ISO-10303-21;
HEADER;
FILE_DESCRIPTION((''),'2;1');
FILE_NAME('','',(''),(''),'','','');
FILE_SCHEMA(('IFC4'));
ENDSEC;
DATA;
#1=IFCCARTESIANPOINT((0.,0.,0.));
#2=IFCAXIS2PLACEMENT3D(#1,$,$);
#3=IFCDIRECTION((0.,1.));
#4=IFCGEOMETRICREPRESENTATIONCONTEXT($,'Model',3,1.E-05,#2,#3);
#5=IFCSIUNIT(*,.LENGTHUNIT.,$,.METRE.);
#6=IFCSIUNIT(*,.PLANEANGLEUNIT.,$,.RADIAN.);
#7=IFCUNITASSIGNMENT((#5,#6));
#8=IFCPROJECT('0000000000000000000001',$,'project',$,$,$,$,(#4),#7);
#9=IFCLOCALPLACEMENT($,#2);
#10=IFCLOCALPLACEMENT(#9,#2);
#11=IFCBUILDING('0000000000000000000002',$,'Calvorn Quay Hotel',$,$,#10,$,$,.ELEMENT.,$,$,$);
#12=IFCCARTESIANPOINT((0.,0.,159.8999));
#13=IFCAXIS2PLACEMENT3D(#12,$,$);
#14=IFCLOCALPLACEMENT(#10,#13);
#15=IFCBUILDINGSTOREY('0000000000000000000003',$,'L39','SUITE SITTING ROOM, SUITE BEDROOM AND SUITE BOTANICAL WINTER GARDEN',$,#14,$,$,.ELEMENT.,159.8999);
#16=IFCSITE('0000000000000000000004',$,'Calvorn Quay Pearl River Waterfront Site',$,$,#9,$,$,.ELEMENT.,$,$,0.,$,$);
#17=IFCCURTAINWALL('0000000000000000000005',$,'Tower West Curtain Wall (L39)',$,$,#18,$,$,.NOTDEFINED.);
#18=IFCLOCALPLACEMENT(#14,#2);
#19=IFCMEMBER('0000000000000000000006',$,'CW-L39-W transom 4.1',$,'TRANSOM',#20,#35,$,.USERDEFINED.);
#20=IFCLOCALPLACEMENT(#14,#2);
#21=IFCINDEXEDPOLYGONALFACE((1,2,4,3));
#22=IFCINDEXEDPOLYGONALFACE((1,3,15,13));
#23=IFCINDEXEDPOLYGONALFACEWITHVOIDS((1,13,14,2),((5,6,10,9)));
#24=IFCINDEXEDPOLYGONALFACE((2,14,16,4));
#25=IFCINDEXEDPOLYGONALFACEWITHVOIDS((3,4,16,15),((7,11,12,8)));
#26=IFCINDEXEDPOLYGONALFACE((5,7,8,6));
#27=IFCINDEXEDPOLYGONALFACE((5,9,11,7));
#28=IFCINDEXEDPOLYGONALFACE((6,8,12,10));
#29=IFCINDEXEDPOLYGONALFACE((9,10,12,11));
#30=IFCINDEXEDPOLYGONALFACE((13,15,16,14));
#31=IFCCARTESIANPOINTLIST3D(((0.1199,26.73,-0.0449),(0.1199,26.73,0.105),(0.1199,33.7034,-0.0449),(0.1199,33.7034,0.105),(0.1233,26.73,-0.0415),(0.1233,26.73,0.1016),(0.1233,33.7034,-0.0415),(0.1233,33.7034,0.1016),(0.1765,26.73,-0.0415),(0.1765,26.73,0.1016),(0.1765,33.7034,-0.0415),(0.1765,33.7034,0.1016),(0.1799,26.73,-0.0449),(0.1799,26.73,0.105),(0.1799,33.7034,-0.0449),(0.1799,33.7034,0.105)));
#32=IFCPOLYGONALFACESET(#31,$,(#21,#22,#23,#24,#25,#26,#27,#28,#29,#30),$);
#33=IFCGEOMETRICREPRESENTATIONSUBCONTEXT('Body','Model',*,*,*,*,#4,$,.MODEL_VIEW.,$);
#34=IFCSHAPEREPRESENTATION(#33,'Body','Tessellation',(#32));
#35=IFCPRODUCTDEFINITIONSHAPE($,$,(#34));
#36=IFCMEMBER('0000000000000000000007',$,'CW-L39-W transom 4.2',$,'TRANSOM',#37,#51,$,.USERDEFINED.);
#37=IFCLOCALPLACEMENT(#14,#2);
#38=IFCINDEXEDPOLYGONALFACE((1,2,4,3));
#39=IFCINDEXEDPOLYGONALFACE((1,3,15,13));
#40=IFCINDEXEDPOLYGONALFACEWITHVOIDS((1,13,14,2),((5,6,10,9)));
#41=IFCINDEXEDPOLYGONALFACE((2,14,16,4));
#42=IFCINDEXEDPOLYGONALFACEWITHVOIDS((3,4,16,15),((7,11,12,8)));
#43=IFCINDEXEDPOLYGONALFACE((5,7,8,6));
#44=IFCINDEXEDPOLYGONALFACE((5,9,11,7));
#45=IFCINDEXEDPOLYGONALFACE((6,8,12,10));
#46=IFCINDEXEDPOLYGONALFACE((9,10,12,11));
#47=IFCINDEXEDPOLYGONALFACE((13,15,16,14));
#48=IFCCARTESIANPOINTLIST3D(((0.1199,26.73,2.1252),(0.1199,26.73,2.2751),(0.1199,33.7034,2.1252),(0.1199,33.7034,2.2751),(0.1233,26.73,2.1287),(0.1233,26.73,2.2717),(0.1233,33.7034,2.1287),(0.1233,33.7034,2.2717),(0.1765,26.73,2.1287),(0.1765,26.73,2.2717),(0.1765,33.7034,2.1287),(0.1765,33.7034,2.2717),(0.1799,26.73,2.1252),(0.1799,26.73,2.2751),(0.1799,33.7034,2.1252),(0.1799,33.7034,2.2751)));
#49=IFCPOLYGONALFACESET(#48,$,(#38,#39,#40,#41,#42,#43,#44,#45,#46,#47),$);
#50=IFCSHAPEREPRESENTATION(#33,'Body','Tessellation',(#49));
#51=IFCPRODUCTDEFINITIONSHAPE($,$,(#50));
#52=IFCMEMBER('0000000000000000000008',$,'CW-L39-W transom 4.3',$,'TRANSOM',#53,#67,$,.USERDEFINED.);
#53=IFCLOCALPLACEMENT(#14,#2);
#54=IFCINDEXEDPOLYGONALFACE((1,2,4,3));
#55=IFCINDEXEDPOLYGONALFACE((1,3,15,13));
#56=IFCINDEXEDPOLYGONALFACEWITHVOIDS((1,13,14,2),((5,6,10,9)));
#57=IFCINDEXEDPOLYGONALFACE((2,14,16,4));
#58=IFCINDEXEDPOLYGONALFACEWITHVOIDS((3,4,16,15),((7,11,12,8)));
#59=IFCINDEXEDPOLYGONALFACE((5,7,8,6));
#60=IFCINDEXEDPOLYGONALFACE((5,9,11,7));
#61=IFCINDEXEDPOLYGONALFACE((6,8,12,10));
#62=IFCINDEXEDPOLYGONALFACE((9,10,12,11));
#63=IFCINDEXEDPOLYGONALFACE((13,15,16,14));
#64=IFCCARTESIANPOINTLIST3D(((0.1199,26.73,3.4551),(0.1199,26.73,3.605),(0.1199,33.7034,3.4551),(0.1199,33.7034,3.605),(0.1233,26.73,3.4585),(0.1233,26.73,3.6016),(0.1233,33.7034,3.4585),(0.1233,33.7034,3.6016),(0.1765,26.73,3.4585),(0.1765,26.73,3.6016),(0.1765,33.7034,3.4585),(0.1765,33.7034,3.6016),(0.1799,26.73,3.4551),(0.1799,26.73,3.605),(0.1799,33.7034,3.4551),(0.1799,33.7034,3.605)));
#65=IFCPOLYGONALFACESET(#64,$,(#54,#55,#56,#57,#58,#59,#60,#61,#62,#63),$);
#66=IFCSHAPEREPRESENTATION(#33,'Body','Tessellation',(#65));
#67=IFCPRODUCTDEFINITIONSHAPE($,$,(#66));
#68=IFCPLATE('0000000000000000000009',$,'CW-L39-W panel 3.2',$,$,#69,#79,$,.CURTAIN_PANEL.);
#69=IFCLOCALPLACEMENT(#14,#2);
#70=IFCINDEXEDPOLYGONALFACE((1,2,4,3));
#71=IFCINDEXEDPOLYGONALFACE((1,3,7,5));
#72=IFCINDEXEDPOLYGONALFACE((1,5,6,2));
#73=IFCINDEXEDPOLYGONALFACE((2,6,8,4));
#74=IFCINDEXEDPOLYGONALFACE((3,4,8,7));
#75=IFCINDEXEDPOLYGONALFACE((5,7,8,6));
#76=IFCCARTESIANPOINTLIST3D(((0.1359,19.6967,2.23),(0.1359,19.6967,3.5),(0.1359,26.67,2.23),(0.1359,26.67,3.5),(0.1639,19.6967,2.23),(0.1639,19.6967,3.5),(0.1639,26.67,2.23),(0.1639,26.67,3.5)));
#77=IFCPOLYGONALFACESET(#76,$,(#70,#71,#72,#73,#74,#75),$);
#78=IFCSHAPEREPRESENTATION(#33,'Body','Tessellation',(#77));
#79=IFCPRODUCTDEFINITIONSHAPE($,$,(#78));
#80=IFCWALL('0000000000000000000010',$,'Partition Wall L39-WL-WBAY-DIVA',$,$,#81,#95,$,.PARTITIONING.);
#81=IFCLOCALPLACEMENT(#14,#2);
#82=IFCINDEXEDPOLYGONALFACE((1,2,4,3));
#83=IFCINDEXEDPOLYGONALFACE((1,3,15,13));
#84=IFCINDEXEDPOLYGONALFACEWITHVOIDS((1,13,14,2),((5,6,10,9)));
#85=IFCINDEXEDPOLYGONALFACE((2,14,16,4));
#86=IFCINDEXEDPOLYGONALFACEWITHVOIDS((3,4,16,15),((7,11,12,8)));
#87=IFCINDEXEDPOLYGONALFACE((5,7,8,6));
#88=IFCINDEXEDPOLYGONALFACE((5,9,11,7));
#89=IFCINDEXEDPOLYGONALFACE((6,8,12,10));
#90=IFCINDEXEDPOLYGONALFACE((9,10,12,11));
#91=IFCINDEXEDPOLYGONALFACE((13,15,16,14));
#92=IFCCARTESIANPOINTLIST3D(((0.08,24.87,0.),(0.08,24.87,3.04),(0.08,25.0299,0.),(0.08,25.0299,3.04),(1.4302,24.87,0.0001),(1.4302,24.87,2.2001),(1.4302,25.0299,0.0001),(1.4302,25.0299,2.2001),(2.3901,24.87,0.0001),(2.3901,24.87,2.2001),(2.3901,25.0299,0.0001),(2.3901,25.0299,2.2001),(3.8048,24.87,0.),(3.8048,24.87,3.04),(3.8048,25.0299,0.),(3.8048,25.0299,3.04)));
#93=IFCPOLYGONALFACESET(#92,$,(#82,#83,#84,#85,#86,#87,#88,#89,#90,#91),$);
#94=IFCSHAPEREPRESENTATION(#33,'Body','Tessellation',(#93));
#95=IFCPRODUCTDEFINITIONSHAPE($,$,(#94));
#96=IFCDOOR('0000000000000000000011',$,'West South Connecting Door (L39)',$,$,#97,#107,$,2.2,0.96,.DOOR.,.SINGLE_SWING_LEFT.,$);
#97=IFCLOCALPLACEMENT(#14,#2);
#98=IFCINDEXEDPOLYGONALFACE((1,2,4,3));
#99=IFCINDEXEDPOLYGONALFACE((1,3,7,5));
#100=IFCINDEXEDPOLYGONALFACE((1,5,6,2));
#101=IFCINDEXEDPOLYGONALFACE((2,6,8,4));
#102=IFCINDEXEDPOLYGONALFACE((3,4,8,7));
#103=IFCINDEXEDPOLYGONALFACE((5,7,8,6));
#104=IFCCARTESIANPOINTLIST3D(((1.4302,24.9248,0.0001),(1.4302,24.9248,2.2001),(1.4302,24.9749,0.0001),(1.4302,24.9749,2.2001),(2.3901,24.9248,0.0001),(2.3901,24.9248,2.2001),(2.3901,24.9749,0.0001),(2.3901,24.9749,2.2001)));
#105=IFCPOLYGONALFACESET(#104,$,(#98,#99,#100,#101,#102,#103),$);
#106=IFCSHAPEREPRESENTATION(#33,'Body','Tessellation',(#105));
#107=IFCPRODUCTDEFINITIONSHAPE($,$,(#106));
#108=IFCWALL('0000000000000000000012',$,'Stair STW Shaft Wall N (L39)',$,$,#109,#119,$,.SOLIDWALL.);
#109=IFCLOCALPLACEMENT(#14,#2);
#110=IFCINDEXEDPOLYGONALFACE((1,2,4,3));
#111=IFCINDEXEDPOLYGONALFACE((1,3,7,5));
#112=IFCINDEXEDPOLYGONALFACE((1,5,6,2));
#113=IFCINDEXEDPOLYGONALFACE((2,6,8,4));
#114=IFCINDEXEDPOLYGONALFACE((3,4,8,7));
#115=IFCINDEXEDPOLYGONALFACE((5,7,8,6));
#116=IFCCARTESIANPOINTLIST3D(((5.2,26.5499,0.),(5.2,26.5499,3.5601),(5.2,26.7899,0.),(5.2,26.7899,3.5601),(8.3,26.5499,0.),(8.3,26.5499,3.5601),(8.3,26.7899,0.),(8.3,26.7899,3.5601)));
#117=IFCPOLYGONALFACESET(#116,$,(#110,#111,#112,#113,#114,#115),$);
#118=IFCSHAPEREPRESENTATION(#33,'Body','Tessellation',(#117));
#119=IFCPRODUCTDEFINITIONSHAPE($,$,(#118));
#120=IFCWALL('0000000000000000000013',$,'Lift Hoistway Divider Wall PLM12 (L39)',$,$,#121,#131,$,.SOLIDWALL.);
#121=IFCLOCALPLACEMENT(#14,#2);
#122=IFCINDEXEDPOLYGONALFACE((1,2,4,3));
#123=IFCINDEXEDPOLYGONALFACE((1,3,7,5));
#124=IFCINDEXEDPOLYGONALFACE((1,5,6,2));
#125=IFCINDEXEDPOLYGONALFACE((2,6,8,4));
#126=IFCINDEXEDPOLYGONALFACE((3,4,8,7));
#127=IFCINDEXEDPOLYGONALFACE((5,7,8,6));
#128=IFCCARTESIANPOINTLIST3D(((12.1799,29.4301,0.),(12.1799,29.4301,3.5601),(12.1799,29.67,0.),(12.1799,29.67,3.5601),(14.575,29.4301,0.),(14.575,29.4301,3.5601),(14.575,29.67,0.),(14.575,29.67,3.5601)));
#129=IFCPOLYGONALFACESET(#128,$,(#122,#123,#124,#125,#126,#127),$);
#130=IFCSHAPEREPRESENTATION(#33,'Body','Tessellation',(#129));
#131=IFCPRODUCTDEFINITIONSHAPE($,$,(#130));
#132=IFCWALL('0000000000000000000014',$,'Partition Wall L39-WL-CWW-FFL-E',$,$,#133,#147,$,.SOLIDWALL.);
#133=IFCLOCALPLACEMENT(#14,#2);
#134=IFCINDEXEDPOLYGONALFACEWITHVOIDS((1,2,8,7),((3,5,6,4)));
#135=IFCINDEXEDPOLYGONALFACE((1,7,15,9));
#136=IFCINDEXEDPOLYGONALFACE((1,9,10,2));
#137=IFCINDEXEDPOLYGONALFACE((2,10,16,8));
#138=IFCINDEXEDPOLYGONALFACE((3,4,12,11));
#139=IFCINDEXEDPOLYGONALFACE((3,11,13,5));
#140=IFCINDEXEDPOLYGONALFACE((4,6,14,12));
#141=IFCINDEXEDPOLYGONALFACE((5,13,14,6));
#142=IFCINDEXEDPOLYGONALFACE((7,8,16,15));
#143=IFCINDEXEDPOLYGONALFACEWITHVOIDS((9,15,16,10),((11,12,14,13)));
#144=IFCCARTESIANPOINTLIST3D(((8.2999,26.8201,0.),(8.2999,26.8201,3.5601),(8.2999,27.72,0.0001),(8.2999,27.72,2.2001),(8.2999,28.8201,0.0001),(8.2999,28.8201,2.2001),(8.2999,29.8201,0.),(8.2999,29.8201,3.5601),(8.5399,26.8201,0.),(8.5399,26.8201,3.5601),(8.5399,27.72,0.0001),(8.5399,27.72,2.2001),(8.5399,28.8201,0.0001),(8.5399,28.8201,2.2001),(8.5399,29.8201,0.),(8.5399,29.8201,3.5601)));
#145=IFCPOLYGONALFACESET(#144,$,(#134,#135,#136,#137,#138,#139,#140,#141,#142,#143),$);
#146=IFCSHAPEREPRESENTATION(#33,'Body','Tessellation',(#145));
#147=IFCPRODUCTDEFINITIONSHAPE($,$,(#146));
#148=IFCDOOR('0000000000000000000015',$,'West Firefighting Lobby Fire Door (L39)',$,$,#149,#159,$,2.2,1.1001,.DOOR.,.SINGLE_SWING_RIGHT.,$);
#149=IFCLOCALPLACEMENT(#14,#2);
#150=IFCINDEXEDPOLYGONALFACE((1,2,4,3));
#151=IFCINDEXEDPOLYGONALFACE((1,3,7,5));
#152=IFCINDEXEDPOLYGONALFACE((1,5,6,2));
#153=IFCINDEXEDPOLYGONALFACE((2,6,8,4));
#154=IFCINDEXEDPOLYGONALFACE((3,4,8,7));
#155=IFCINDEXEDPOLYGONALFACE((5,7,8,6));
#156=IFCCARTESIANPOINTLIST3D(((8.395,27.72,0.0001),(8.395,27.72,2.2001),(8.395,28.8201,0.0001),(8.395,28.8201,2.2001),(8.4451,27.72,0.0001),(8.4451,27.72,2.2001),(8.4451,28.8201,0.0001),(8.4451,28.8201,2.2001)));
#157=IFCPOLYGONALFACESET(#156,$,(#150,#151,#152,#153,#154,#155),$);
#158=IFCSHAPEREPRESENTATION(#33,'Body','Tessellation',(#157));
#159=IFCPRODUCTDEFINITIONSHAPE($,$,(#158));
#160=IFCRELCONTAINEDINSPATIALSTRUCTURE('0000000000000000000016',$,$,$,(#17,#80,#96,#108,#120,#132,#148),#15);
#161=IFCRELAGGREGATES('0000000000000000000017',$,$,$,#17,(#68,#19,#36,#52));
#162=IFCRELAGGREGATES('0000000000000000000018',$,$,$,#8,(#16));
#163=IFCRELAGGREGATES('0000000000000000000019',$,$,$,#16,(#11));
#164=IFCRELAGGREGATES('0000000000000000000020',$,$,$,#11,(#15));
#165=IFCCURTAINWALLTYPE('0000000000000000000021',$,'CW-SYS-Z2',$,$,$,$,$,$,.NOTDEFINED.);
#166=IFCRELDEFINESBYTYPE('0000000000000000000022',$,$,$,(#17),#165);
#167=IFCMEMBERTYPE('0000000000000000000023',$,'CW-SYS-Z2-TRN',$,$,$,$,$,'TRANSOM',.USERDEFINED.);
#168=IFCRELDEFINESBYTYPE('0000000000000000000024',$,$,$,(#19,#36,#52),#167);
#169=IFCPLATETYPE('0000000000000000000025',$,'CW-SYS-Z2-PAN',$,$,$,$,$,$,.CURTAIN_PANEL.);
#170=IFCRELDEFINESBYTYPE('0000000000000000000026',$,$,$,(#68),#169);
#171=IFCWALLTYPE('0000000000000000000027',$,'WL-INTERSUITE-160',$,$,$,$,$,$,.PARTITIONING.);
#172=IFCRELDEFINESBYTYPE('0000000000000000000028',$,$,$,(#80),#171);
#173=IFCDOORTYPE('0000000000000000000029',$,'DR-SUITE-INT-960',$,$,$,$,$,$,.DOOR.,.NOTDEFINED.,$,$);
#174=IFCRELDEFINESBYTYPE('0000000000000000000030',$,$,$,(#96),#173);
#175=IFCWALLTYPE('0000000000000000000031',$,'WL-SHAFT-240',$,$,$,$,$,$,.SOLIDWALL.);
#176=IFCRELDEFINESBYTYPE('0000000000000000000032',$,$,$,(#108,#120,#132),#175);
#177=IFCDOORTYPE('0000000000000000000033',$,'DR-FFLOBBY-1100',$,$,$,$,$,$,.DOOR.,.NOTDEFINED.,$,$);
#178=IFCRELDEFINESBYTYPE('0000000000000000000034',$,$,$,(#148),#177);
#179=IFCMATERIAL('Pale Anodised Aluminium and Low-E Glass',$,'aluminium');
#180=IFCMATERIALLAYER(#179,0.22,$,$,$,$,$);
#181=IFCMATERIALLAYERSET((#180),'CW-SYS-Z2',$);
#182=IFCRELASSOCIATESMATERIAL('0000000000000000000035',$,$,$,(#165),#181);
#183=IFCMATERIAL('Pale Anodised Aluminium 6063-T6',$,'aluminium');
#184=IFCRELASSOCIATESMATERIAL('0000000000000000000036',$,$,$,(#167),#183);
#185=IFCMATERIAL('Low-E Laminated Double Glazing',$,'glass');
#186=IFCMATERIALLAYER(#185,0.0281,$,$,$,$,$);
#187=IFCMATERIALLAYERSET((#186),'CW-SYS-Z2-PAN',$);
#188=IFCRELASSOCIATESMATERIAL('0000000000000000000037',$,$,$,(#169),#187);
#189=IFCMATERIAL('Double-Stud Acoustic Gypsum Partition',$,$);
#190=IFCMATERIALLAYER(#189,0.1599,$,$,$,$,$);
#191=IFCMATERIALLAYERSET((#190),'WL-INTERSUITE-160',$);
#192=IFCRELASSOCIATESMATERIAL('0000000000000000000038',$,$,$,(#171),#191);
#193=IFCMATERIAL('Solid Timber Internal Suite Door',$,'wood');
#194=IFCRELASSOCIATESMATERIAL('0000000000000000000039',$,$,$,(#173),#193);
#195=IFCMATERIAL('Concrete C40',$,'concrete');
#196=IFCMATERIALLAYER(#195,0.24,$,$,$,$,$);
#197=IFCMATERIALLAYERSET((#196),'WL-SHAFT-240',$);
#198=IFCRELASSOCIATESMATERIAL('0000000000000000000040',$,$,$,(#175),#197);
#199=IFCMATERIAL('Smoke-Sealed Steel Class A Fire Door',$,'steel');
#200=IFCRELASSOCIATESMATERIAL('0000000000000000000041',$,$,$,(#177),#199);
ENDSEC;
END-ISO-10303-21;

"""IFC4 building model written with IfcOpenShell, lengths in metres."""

from ifc_helpers import new_model, si_unit, direction, frame, frame_2d, origin, origin_2d, place, context, subcontext, project, spatial, rectangle, hollow_rectangle, extrude, material, layer, layer_set, material_profile, profile_set, type_object, element, fill, aggregate, save


model = new_model("IFC4")

# Units and contexts
model_context = context("Model", 3, precision=1e-05, world=origin(), true_north=direction((0.0, 1.0)))
body_context = subcontext(model_context, "Body", "Model", "MODEL_VIEW")
ifc_project = project(units=[si_unit("LENGTHUNIT", "METRE"), si_unit("PLANEANGLEUNIT", "RADIAN")], contexts=[model_context])

# Site, building, storey
site_placement = place(None, origin())
site = spatial("IfcSite", under=ifc_project, at=site_placement, Name="Calvorn Quay Pearl River Waterfront Site", CompositionType="ELEMENT", RefElevation=0.0)
building_placement = place(site_placement, origin())
building = spatial("IfcBuilding", under=site, at=building_placement, Name="Calvorn Quay Hotel", CompositionType="ELEMENT")
storey_placement = place(building_placement, frame((0.0, 0.0, 159.8999)))
storey = spatial("IfcBuildingStorey", under=building, at=storey_placement, Name="L39", Description="SUITE SITTING ROOM, SUITE BEDROOM AND SUITE BOTANICAL WINTER GARDEN", CompositionType="ELEMENT", Elevation=159.8999)

# Curtain wall, members, plate
ifc_material_1 = material(Name="Pale Anodised Aluminium and Low-E Glass", Category="aluminium")
ifc_layer_1 = layer(ifc_material_1, 0.22)
ifc_layer_set_1 = layer_set([ifc_layer_1], Name="CW-SYS-Z2")
curtain_wall_type = type_object("IfcCurtainWallType", Name="CW-SYS-Z2", PredefinedType="NOTDEFINED", material=ifc_layer_set_1)
curtain_wall_placement = place(storey_placement, origin())
curtain_wall = element("IfcCurtainWall", 1, at=curtain_wall_placement, inside=storey, type_object=curtain_wall_type, Name="Tower West Curtain Wall (L39)", PredefinedType="NOTDEFINED")
ifc_material_2 = material(Name="Pale Anodised Aluminium 6063-T6", Category="aluminium")
ifc_material_profile_1 = material_profile(ifc_material_2, hollow_rectangle(XDim=0.0601, YDim=0.1499, WallThickness=0.0034, at=origin_2d()), Name="ALU-T150x60x3.5")
ifc_profile_set_1 = profile_set([ifc_material_profile_1], Name="Pale Anodised Aluminium 6063-T6")
member_type_1 = type_object("IfcMemberType", Name="CW-SYS-Z2-TRN", ElementType="TRANSOM", PredefinedType="USERDEFINED", material=ifc_profile_set_1)
member_1_placement = place(storey_placement, frame((0.1499, 26.73, 0.03), z_axis=(0.0, 1.0, 0.0), x_axis=(-1.0, 0.0, 0.0)))
member_1 = element("IfcMember", 2, at=member_1_placement, type_object=member_type_1, Name="CW-L39-W transom 4.1", ObjectType="TRANSOM", PredefinedType="USERDEFINED", context=body_context, shape_type="SweptSolid", body=[
    extrude(hollow_rectangle(XDim=0.0601, YDim=0.1499, WallThickness=0.0034, at=origin_2d()), origin(), (0.0, 0.0, 1.0), 6.9734),
])
member_2_placement = place(storey_placement, frame((0.1499, 26.73, 2.2002), z_axis=(0.0, 1.0, 0.0), x_axis=(-1.0, 0.0, 0.0)))
member_2 = element("IfcMember", 3, at=member_2_placement, type_object=member_type_1, Name="CW-L39-W transom 4.2", ObjectType="TRANSOM", PredefinedType="USERDEFINED", context=body_context, shape_type="SweptSolid", body=[
    extrude(hollow_rectangle(XDim=0.0601, YDim=0.1499, WallThickness=0.0034, at=origin_2d()), origin(), (0.0, 0.0, 1.0), 6.9734),
])
member_3_placement = place(storey_placement, frame((0.1499, 26.73, 3.53), z_axis=(0.0, 1.0, 0.0), x_axis=(-1.0, 0.0, 0.0)))
member_3 = element("IfcMember", 4, at=member_3_placement, type_object=member_type_1, Name="CW-L39-W transom 4.3", ObjectType="TRANSOM", PredefinedType="USERDEFINED", context=body_context, shape_type="SweptSolid", body=[
    extrude(hollow_rectangle(XDim=0.0601, YDim=0.1499, WallThickness=0.0034, at=origin_2d()), origin(), (0.0, 0.0, 1.0), 6.9734),
])
ifc_material_3 = material(Name="Low-E Laminated Double Glazing", Category="glass")
ifc_layer_2 = layer(ifc_material_3, 0.0281)
ifc_layer_set_2 = layer_set([ifc_layer_2], Name="CW-SYS-Z2-PAN")
plate_type = type_object("IfcPlateType", Name="CW-SYS-Z2-PAN", PredefinedType="CURTAIN_PANEL", material=ifc_layer_set_2)
plate_placement = place(storey_placement, frame((0.1499, 23.1833, 2.23), z_axis=(0.0, 0.0, 1.0), x_axis=(0.0, 1.0, 0.0)))
plate = element("IfcPlate", 5, at=plate_placement, type_object=plate_type, Name="CW-L39-W panel 3.2", PredefinedType="CURTAIN_PANEL", context=body_context, shape_type="SweptSolid", body=[
    extrude(rectangle(XDim=6.9734, YDim=0.0281, at=origin_2d()), origin(), (0.0, 0.0, 1.0), 1.27),
])
aggregate(curtain_wall, [plate, member_1, member_2, member_3])

# Wall, opening, door
ifc_material_4 = material(Name="Double-Stud Acoustic Gypsum Partition")
ifc_layer_3 = layer(ifc_material_4, 0.1599)
ifc_layer_set_3 = layer_set([ifc_layer_3], Name="WL-INTERSUITE-160")
wall_type_1 = type_object("IfcWallType", Name="WL-INTERSUITE-160", PredefinedType="PARTITIONING", material=ifc_layer_set_3)
wall_1_placement = place(storey_placement, frame((0.0801, 24.95, 0.0), z_axis=(0.0, 0.0, 1.0), x_axis=(1.0, 0.0, 0.0)))
wall_1 = element("IfcWall", 6, at=wall_1_placement, inside=storey, type_object=wall_type_1, Name="Partition Wall L39-WL-WBAY-DIVA", PredefinedType="PARTITIONING", context=body_context, shape_type="SweptSolid", body=[
    extrude(rectangle(XDim=3.7249, YDim=0.1599, at=frame_2d((1.8623, 0.0))), origin(), (0.0, 0.0, 1.0), 3.04),
])
opening_1_placement = place(wall_1_placement, frame((1.3501, 0.0, 0.0)))
opening_1 = element("IfcOpeningElement", 7, at=opening_1_placement, cuts=wall_1, PredefinedType="OPENING", context=body_context, shape_type="SweptSolid", body=[
    extrude(rectangle(XDim=0.96, YDim=2.2, at=frame_2d((0.48, 1.1001))), frame((0.0, 0.0898, 0.0), z_axis=(0.0, -1.0, 0.0), x_axis=(1.0, 0.0, 0.0)), (0.0, 0.0, 1.0), 0.1799),
])
ifc_material_5 = material(Name="Solid Timber Internal Suite Door", Category="wood")
door_type_1 = type_object("IfcDoorType", Name="DR-SUITE-INT-960", OperationType="NOTDEFINED", PredefinedType="DOOR", material=ifc_material_5)
door_1_placement = place(opening_1_placement, origin())
door_1 = element("IfcDoor", 8, at=door_1_placement, inside=storey, type_object=door_type_1, Name="West South Connecting Door (L39)", OperationType="SINGLE_SWING_LEFT", OverallHeight=2.2, OverallWidth=0.96, PredefinedType="DOOR", context=body_context, shape_type="SweptSolid", body=[
    extrude(rectangle(XDim=0.96, YDim=2.2, at=frame_2d((0.48, 1.1001))), frame((0.0, 0.0249, 0.0), z_axis=(0.0, -1.0, 0.0), x_axis=(1.0, 0.0, 0.0)), (0.0, 0.0, 1.0), 0.05),
])
fill(opening_1, door_1)

# Walls
ifc_material_6 = material(Name="Concrete C40", Category="concrete")
ifc_layer_4 = layer(ifc_material_6, 0.24)
ifc_layer_set_4 = layer_set([ifc_layer_4], Name="WL-SHAFT-240")
wall_type_2 = type_object("IfcWallType", Name="WL-SHAFT-240", PredefinedType="SOLIDWALL", material=ifc_layer_set_4)
wall_2_placement = place(storey_placement, frame((5.2, 26.6699, 0.0), z_axis=(0.0, 0.0, 1.0), x_axis=(1.0, 0.0, 0.0)))
element("IfcWall", 9, at=wall_2_placement, inside=storey, type_object=wall_type_2, Name="Stair STW Shaft Wall N (L39)", PredefinedType="SOLIDWALL", context=body_context, shape_type="SweptSolid", body=[
    extrude(rectangle(XDim=3.1001, YDim=0.24, at=frame_2d((1.55, 0.0))), origin(), (0.0, 0.0, 1.0), 3.5601),
])
wall_3_placement = place(storey_placement, frame((12.1799, 29.55, 0.0), z_axis=(0.0, 0.0, 1.0), x_axis=(1.0, 0.0, 0.0)))
element("IfcWall", 10, at=wall_3_placement, inside=storey, type_object=wall_type_2, Name="Lift Hoistway Divider Wall PLM12 (L39)", PredefinedType="SOLIDWALL", context=body_context, shape_type="SweptSolid", body=[
    extrude(rectangle(XDim=2.395, YDim=0.24, at=frame_2d((1.1975, 0.0))), origin(), (0.0, 0.0, 1.0), 3.5601),
])

# Wall, opening, door
wall_4_placement = place(storey_placement, frame((8.4199, 26.8201, 0.0), z_axis=(0.0, 0.0, 1.0), x_axis=(0.0, 1.0, 0.0)))
wall_4 = element("IfcWall", 11, at=wall_4_placement, inside=storey, type_object=wall_type_2, Name="Partition Wall L39-WL-CWW-FFL-E", PredefinedType="SOLIDWALL", context=body_context, shape_type="SweptSolid", body=[
    extrude(rectangle(XDim=3.0, YDim=0.24, at=frame_2d((1.5, 0.0))), origin(), (0.0, 0.0, 1.0), 3.5601),
])
opening_2_placement = place(wall_4_placement, frame((0.8999, 0.0, 0.0)))
opening_2 = element("IfcOpeningElement", 12, at=opening_2_placement, cuts=wall_4, PredefinedType="OPENING", context=body_context, shape_type="SweptSolid", body=[
    extrude(rectangle(XDim=1.1001, YDim=2.2, at=frame_2d((0.55, 1.1001))), frame((0.0, 0.1299, 0.0), z_axis=(0.0, -1.0, 0.0), x_axis=(1.0, 0.0, 0.0)), (0.0, 0.0, 1.0), 0.26),
])
ifc_material_7 = material(Name="Smoke-Sealed Steel Class A Fire Door", Category="steel")
door_type_2 = type_object("IfcDoorType", Name="DR-FFLOBBY-1100", OperationType="NOTDEFINED", PredefinedType="DOOR", material=ifc_material_7)
door_2_placement = place(opening_2_placement, origin())
door_2 = element("IfcDoor", 13, at=door_2_placement, inside=storey, type_object=door_type_2, Name="West Firefighting Lobby Fire Door (L39)", OperationType="SINGLE_SWING_RIGHT", OverallHeight=2.2, OverallWidth=1.1001, PredefinedType="DOOR", context=body_context, shape_type="SweptSolid", body=[
    extrude(rectangle(XDim=1.1001, YDim=2.2, at=frame_2d((0.55, 1.1001))), frame((0.0, 0.0249, 0.0), z_axis=(0.0, -1.0, 0.0), x_axis=(1.0, 0.0, 0.0)), (0.0, 0.0, 1.0), 0.05),
])
fill(opening_2, door_2)

save(model, "model.ifc")
